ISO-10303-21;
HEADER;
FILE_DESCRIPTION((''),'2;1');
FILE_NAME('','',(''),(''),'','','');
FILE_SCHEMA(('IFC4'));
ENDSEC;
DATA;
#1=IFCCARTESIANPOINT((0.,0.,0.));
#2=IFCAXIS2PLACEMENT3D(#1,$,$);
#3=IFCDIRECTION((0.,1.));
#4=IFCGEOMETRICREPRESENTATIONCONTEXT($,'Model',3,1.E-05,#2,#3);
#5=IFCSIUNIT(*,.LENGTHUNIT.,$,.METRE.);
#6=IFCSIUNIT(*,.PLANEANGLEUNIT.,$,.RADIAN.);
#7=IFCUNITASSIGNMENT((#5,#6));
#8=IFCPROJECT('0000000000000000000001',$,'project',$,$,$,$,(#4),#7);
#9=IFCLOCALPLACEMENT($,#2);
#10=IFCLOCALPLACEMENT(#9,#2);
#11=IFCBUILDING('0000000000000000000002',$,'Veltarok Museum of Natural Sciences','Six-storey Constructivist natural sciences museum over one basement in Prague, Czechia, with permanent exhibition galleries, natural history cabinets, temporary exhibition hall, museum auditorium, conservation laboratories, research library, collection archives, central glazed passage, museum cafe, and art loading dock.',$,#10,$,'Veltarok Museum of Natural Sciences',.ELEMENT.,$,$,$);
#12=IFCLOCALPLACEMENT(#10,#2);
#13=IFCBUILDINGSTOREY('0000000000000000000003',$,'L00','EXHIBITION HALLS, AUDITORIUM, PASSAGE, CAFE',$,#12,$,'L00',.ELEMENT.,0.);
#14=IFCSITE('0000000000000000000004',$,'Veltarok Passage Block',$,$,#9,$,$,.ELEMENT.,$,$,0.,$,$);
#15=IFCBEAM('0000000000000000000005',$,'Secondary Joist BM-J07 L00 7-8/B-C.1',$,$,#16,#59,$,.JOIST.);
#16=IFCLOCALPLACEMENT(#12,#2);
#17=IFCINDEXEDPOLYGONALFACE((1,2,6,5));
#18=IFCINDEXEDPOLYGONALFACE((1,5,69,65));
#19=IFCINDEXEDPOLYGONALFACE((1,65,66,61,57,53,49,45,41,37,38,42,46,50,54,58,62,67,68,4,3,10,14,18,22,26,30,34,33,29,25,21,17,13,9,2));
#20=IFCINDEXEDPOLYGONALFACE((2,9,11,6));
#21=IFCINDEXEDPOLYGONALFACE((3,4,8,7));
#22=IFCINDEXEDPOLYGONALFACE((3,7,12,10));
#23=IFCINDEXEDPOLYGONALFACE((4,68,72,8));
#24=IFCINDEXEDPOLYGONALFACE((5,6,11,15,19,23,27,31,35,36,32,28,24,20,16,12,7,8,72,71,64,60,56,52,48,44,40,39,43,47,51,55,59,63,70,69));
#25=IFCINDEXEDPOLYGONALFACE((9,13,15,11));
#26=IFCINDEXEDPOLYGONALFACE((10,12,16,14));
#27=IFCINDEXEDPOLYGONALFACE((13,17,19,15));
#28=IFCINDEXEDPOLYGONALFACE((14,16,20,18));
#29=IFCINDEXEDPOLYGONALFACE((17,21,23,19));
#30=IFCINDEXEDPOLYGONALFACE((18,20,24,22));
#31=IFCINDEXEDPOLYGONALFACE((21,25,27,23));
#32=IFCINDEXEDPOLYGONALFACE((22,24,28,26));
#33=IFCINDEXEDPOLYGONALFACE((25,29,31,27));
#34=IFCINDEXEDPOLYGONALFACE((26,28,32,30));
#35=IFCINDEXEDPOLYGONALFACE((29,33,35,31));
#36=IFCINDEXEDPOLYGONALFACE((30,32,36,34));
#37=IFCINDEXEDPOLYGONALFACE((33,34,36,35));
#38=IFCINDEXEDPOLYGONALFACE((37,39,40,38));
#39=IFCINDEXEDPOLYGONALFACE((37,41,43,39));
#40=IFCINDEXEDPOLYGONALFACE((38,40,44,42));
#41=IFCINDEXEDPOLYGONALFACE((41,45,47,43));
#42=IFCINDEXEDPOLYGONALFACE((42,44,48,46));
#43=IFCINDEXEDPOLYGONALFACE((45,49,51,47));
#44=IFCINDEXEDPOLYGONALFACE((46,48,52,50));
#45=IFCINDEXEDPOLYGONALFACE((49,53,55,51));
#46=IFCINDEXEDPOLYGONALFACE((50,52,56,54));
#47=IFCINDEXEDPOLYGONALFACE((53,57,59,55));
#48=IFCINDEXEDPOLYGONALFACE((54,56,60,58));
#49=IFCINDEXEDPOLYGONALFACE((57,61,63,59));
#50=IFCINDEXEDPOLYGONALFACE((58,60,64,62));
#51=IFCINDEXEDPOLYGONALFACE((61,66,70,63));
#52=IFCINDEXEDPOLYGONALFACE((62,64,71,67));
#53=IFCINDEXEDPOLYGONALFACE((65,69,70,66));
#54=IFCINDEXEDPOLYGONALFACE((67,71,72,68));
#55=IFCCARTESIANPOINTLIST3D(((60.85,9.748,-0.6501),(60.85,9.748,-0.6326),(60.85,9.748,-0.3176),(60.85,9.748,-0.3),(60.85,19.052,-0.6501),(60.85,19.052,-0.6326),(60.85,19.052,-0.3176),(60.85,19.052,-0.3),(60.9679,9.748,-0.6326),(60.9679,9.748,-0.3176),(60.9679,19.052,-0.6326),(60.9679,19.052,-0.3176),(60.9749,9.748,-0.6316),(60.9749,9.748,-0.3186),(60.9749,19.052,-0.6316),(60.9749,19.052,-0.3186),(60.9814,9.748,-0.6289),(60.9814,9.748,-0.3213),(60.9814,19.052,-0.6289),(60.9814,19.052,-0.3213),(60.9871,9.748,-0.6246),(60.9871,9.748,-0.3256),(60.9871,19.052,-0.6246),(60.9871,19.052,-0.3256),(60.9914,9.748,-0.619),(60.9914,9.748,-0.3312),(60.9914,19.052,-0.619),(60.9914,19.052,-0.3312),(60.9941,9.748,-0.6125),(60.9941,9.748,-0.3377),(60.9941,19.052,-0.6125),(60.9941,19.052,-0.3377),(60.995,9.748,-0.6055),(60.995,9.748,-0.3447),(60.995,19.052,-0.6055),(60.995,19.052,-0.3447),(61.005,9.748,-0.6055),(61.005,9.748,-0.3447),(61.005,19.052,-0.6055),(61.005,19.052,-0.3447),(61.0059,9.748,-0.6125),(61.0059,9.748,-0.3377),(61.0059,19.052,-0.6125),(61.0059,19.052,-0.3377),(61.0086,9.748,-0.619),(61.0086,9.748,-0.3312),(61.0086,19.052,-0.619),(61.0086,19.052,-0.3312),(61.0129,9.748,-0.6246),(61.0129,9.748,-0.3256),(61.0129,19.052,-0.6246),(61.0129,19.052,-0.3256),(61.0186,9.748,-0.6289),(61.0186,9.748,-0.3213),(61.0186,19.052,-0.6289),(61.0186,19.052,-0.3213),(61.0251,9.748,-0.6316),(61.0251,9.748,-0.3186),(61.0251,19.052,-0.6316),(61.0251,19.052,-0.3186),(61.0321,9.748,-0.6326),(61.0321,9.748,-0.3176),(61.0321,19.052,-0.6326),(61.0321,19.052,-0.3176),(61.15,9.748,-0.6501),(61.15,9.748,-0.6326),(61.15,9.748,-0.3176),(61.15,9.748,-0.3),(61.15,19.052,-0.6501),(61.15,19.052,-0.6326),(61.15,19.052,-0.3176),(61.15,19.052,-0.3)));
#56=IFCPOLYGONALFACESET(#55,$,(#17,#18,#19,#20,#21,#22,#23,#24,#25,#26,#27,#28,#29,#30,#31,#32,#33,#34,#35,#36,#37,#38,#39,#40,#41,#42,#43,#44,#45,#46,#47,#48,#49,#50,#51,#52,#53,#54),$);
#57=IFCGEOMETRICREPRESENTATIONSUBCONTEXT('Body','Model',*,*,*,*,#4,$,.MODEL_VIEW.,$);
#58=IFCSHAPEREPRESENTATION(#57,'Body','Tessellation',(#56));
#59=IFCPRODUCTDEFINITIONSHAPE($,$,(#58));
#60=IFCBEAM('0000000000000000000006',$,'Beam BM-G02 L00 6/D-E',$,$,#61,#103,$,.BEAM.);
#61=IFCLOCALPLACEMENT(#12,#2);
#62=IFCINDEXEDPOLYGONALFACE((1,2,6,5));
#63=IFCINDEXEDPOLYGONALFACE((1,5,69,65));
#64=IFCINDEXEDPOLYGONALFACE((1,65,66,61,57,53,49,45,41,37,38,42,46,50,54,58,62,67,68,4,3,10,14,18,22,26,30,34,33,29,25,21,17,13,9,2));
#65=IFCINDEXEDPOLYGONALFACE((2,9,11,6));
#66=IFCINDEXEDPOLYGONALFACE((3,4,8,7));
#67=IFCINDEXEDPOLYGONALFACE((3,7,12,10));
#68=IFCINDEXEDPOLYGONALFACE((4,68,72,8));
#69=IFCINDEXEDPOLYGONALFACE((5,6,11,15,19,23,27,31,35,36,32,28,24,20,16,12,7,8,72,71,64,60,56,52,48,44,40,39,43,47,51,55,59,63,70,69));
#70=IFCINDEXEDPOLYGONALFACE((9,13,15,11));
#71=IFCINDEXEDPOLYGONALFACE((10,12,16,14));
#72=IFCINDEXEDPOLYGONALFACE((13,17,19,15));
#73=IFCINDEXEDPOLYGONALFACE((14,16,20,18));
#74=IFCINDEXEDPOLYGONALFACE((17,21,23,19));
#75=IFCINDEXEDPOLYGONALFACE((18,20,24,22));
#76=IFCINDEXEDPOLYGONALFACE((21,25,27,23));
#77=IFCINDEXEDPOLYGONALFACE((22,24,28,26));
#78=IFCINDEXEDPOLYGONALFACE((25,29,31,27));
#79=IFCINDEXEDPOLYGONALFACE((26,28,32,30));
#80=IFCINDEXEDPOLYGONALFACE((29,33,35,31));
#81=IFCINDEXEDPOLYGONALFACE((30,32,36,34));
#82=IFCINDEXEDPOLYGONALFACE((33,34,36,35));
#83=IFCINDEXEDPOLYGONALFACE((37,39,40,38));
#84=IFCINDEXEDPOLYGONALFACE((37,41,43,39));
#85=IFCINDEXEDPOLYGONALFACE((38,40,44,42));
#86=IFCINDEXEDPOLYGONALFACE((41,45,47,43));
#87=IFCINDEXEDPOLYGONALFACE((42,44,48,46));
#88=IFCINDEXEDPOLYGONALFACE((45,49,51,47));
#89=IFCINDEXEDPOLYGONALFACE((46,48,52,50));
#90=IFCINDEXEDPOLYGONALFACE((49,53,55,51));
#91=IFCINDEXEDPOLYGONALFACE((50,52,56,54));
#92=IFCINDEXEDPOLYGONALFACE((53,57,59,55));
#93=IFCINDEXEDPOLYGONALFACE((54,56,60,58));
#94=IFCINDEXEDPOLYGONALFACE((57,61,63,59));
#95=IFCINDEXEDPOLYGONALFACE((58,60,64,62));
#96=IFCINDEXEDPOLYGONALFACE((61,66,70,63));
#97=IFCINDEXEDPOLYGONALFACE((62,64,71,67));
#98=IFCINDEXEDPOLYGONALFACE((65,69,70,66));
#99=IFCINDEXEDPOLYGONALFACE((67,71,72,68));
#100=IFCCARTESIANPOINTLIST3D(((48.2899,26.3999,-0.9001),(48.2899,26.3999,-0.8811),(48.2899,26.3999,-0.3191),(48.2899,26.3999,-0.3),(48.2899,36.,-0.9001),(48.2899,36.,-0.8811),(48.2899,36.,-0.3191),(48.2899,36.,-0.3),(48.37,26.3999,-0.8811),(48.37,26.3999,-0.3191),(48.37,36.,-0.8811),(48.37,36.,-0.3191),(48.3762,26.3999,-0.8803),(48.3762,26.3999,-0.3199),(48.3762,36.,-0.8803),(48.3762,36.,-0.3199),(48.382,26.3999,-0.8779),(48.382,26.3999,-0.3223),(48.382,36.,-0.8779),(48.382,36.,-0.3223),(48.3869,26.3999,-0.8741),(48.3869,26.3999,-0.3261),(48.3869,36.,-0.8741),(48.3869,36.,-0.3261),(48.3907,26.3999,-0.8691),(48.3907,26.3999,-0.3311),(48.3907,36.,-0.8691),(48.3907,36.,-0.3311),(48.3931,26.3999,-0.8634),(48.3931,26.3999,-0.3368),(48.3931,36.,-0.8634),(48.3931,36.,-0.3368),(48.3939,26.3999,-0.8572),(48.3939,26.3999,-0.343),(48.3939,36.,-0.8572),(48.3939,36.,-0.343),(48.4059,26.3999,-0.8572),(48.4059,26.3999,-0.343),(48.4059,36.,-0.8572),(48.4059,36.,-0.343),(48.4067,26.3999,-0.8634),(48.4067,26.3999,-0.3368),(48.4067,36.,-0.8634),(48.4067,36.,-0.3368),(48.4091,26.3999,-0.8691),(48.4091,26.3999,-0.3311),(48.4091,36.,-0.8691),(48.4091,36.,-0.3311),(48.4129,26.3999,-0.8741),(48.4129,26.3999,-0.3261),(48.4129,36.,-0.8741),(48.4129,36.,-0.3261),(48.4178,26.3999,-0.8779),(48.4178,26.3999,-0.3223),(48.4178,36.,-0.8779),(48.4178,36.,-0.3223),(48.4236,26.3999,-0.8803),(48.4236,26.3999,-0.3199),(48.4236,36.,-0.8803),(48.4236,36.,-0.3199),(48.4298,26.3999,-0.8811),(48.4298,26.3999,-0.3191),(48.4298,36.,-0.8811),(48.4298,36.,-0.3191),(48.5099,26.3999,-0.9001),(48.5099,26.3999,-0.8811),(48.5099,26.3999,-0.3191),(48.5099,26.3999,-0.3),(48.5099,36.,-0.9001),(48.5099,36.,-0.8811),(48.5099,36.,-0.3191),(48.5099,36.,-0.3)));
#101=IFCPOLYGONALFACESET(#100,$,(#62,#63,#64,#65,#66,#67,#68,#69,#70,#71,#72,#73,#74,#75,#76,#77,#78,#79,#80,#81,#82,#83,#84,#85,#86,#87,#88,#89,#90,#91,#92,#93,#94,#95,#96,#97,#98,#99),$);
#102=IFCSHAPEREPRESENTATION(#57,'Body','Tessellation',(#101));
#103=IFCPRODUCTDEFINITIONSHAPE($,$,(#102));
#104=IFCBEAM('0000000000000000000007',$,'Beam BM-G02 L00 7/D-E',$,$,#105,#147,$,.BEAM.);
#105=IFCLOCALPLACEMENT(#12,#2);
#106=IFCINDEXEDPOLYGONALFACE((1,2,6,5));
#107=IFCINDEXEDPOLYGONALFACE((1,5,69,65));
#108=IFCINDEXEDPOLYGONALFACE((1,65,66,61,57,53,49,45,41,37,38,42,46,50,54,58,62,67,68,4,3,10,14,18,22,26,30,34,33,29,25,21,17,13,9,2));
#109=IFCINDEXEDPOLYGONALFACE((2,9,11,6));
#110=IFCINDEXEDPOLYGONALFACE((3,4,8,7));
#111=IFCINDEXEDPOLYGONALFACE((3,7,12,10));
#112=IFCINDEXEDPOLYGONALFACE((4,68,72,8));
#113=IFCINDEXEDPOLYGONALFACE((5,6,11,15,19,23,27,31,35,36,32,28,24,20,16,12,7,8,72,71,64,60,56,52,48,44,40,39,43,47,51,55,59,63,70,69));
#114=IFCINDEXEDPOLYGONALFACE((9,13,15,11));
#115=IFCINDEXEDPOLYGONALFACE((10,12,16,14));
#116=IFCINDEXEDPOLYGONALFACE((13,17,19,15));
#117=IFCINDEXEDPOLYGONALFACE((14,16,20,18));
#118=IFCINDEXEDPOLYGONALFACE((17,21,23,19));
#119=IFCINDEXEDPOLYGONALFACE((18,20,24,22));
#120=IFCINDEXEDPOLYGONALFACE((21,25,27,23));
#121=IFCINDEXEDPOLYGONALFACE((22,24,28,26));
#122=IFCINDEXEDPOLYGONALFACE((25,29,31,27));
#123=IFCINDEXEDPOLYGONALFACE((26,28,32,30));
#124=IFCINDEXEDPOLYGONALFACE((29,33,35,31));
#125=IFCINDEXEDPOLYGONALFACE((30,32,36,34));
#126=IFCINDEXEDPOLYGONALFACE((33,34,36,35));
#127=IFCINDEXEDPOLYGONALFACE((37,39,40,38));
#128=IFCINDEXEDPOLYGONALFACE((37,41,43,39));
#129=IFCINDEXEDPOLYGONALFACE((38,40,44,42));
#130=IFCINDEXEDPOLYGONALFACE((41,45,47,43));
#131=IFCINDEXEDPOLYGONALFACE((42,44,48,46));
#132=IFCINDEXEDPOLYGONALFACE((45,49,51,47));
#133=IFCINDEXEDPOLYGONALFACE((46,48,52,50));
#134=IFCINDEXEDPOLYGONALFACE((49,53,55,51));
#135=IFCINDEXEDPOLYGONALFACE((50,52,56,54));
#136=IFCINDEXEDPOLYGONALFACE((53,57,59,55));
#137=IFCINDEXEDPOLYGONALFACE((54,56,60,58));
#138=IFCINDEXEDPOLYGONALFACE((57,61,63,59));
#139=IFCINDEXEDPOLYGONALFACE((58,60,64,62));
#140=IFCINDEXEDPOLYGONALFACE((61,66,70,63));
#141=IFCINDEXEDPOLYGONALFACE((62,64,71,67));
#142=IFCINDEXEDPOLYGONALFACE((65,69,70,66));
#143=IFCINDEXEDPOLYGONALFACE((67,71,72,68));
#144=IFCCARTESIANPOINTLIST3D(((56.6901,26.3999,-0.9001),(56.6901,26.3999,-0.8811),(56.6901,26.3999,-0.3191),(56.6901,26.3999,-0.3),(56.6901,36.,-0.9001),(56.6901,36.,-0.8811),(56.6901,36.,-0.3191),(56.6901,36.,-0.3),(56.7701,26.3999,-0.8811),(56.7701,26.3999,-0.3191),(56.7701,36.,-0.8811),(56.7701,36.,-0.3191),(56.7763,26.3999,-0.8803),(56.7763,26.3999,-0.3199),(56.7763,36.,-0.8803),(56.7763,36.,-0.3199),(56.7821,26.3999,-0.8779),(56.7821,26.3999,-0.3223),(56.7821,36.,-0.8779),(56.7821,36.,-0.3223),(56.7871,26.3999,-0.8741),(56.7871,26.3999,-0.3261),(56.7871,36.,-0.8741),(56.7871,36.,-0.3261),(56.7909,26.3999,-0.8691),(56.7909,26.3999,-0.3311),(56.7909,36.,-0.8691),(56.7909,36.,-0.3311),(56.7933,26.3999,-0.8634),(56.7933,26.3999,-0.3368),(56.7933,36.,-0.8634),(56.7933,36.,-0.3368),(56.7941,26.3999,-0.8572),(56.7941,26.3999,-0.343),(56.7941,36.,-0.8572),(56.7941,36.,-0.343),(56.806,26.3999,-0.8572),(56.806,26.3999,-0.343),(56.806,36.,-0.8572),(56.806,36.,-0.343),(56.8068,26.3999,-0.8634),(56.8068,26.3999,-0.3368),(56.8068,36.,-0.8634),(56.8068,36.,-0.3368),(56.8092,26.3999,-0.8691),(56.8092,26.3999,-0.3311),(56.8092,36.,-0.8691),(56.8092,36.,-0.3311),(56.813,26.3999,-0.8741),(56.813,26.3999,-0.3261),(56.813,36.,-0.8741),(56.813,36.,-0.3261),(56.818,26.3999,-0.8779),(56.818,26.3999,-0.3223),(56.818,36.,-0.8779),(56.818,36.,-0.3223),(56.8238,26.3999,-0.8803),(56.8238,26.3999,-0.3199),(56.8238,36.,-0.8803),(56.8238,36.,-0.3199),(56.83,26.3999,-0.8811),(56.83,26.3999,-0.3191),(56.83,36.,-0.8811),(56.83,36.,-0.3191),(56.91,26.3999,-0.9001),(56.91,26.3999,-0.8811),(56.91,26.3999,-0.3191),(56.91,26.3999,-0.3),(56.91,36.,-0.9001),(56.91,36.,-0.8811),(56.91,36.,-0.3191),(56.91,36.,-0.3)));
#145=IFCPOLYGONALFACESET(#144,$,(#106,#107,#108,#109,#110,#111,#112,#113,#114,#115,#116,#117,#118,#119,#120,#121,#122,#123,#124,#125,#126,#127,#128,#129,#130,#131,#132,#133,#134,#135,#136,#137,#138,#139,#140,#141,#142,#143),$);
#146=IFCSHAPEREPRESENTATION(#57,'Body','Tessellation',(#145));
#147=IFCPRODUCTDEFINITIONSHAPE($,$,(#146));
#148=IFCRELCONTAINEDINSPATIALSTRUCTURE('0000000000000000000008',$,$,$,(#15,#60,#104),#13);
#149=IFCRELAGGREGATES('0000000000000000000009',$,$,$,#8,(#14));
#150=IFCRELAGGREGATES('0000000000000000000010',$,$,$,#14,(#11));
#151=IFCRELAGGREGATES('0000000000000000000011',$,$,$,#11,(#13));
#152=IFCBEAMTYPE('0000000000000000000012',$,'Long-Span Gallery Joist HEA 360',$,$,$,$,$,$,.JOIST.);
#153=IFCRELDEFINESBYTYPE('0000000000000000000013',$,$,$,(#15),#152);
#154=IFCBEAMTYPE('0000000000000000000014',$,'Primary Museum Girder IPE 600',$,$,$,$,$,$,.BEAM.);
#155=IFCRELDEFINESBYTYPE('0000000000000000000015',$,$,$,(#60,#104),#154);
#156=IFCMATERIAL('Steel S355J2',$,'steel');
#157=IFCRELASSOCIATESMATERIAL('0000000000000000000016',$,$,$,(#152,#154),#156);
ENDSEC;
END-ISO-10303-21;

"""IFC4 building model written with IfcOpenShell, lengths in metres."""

from ifc_helpers import new_model, si_unit, direction, frame, origin, origin_2d, place, context, subcontext, project, spatial, i_section, extrude, material, material_profile, profile_set, type_object, element, save


model = new_model("IFC4")

# Units and contexts
model_context = context("Model", 3, precision=1e-05, world=origin(), true_north=direction((0.0, 1.0)))
body_context = subcontext(model_context, "Body", "Model", "MODEL_VIEW")
ifc_project = project(units=[si_unit("LENGTHUNIT", "METRE"), si_unit("PLANEANGLEUNIT", "RADIAN")], contexts=[model_context])

# Site, building, storey
site_placement = place(None, origin())
site = spatial("IfcSite", under=ifc_project, at=site_placement, Name="Veltarok Passage Block", CompositionType="ELEMENT", RefElevation=0.0)
building_placement = place(site_placement, origin())
building = spatial("IfcBuilding", under=site, at=building_placement, Name="Veltarok Museum of Natural Sciences", Description="Six-storey Constructivist natural sciences museum over one basement in Prague, Czechia, with permanent exhibition galleries, natural history cabinets, temporary exhibition hall, museum auditorium, conservation laboratories, research library, collection archives, central glazed passage, museum cafe, and art loading dock.", LongName="Veltarok Museum of Natural Sciences", CompositionType="ELEMENT")
storey_placement = place(building_placement, origin())
storey = spatial("IfcBuildingStorey", under=building, at=storey_placement, Name="L00", Description="EXHIBITION HALLS, AUDITORIUM, PASSAGE, CAFE", LongName="L00", CompositionType="ELEMENT", Elevation=0.0)

# Shared definitions
ifc_material_1 = material(Name="Steel S355J2", Category="steel")

# Beams
ifc_material_profile_1 = material_profile(ifc_material_1, i_section(OverallWidth=0.3, OverallDepth=0.3501, WebThickness=0.01, FlangeThickness=0.0176, FilletRadius=0.0271, at=origin_2d()), Name="HEA 360")
ifc_profile_set_1 = profile_set([ifc_material_profile_1], Name="Steel S355J2")
beam_type_1 = type_object("IfcBeamType", Name="Long-Span Gallery Joist HEA 360", PredefinedType="JOIST", material=ifc_profile_set_1)
beam_1_placement = place(storey_placement, frame((61.0, 9.748, -0.4751), z_axis=(0.0, 1.0, 0.0), x_axis=(-1.0, 0.0, 0.0)))
element("IfcBeam", 1, at=beam_1_placement, inside=storey, type_object=beam_type_1, Name="Secondary Joist BM-J07 L00 7-8/B-C.1", PredefinedType="JOIST", context=body_context, shape_type="SweptSolid", body=[
    extrude(i_section(OverallWidth=0.3, OverallDepth=0.3501, WebThickness=0.01, FlangeThickness=0.0176, FilletRadius=0.0271, at=origin_2d()), origin(), (0.0, 0.0, 1.0), 9.304),
])
ifc_material_profile_2 = material_profile(ifc_material_1, i_section(OverallWidth=0.22, OverallDepth=0.6001, WebThickness=0.012, FlangeThickness=0.019, FilletRadius=0.0239, at=origin_2d()), Name="IPE 600")
ifc_profile_set_2 = profile_set([ifc_material_profile_2], Name="Steel S355J2")
beam_type_2 = type_object("IfcBeamType", Name="Primary Museum Girder IPE 600", PredefinedType="BEAM", material=ifc_profile_set_2)
for number, where, z_axis, x_axis, name in (
    (2, (48.3999, 26.3999, -0.6001), (0.0, 1.0, 0.0), (-1.0, 0.0, 0.0), "Beam BM-G02 L00 6/D-E"),
    (3, (56.8, 26.3999, -0.6001), (0.0, 1.0, 0.0), (-1.0, 0.0, 0.0), "Beam BM-G02 L00 7/D-E"),
):
    element("IfcBeam", number, at=place(storey_placement, frame(where, z_axis=z_axis, x_axis=x_axis)), inside=storey, type_object=beam_type_2, Name=name, PredefinedType="BEAM", context=body_context, shape_type="SweptSolid", body=[
        extrude(i_section(OverallWidth=0.22, OverallDepth=0.6001, WebThickness=0.012, FlangeThickness=0.019, FilletRadius=0.0239, at=origin_2d()), origin(), (0.0, 0.0, 1.0), 9.6001),
    ])

save(model, "model.ifc")
